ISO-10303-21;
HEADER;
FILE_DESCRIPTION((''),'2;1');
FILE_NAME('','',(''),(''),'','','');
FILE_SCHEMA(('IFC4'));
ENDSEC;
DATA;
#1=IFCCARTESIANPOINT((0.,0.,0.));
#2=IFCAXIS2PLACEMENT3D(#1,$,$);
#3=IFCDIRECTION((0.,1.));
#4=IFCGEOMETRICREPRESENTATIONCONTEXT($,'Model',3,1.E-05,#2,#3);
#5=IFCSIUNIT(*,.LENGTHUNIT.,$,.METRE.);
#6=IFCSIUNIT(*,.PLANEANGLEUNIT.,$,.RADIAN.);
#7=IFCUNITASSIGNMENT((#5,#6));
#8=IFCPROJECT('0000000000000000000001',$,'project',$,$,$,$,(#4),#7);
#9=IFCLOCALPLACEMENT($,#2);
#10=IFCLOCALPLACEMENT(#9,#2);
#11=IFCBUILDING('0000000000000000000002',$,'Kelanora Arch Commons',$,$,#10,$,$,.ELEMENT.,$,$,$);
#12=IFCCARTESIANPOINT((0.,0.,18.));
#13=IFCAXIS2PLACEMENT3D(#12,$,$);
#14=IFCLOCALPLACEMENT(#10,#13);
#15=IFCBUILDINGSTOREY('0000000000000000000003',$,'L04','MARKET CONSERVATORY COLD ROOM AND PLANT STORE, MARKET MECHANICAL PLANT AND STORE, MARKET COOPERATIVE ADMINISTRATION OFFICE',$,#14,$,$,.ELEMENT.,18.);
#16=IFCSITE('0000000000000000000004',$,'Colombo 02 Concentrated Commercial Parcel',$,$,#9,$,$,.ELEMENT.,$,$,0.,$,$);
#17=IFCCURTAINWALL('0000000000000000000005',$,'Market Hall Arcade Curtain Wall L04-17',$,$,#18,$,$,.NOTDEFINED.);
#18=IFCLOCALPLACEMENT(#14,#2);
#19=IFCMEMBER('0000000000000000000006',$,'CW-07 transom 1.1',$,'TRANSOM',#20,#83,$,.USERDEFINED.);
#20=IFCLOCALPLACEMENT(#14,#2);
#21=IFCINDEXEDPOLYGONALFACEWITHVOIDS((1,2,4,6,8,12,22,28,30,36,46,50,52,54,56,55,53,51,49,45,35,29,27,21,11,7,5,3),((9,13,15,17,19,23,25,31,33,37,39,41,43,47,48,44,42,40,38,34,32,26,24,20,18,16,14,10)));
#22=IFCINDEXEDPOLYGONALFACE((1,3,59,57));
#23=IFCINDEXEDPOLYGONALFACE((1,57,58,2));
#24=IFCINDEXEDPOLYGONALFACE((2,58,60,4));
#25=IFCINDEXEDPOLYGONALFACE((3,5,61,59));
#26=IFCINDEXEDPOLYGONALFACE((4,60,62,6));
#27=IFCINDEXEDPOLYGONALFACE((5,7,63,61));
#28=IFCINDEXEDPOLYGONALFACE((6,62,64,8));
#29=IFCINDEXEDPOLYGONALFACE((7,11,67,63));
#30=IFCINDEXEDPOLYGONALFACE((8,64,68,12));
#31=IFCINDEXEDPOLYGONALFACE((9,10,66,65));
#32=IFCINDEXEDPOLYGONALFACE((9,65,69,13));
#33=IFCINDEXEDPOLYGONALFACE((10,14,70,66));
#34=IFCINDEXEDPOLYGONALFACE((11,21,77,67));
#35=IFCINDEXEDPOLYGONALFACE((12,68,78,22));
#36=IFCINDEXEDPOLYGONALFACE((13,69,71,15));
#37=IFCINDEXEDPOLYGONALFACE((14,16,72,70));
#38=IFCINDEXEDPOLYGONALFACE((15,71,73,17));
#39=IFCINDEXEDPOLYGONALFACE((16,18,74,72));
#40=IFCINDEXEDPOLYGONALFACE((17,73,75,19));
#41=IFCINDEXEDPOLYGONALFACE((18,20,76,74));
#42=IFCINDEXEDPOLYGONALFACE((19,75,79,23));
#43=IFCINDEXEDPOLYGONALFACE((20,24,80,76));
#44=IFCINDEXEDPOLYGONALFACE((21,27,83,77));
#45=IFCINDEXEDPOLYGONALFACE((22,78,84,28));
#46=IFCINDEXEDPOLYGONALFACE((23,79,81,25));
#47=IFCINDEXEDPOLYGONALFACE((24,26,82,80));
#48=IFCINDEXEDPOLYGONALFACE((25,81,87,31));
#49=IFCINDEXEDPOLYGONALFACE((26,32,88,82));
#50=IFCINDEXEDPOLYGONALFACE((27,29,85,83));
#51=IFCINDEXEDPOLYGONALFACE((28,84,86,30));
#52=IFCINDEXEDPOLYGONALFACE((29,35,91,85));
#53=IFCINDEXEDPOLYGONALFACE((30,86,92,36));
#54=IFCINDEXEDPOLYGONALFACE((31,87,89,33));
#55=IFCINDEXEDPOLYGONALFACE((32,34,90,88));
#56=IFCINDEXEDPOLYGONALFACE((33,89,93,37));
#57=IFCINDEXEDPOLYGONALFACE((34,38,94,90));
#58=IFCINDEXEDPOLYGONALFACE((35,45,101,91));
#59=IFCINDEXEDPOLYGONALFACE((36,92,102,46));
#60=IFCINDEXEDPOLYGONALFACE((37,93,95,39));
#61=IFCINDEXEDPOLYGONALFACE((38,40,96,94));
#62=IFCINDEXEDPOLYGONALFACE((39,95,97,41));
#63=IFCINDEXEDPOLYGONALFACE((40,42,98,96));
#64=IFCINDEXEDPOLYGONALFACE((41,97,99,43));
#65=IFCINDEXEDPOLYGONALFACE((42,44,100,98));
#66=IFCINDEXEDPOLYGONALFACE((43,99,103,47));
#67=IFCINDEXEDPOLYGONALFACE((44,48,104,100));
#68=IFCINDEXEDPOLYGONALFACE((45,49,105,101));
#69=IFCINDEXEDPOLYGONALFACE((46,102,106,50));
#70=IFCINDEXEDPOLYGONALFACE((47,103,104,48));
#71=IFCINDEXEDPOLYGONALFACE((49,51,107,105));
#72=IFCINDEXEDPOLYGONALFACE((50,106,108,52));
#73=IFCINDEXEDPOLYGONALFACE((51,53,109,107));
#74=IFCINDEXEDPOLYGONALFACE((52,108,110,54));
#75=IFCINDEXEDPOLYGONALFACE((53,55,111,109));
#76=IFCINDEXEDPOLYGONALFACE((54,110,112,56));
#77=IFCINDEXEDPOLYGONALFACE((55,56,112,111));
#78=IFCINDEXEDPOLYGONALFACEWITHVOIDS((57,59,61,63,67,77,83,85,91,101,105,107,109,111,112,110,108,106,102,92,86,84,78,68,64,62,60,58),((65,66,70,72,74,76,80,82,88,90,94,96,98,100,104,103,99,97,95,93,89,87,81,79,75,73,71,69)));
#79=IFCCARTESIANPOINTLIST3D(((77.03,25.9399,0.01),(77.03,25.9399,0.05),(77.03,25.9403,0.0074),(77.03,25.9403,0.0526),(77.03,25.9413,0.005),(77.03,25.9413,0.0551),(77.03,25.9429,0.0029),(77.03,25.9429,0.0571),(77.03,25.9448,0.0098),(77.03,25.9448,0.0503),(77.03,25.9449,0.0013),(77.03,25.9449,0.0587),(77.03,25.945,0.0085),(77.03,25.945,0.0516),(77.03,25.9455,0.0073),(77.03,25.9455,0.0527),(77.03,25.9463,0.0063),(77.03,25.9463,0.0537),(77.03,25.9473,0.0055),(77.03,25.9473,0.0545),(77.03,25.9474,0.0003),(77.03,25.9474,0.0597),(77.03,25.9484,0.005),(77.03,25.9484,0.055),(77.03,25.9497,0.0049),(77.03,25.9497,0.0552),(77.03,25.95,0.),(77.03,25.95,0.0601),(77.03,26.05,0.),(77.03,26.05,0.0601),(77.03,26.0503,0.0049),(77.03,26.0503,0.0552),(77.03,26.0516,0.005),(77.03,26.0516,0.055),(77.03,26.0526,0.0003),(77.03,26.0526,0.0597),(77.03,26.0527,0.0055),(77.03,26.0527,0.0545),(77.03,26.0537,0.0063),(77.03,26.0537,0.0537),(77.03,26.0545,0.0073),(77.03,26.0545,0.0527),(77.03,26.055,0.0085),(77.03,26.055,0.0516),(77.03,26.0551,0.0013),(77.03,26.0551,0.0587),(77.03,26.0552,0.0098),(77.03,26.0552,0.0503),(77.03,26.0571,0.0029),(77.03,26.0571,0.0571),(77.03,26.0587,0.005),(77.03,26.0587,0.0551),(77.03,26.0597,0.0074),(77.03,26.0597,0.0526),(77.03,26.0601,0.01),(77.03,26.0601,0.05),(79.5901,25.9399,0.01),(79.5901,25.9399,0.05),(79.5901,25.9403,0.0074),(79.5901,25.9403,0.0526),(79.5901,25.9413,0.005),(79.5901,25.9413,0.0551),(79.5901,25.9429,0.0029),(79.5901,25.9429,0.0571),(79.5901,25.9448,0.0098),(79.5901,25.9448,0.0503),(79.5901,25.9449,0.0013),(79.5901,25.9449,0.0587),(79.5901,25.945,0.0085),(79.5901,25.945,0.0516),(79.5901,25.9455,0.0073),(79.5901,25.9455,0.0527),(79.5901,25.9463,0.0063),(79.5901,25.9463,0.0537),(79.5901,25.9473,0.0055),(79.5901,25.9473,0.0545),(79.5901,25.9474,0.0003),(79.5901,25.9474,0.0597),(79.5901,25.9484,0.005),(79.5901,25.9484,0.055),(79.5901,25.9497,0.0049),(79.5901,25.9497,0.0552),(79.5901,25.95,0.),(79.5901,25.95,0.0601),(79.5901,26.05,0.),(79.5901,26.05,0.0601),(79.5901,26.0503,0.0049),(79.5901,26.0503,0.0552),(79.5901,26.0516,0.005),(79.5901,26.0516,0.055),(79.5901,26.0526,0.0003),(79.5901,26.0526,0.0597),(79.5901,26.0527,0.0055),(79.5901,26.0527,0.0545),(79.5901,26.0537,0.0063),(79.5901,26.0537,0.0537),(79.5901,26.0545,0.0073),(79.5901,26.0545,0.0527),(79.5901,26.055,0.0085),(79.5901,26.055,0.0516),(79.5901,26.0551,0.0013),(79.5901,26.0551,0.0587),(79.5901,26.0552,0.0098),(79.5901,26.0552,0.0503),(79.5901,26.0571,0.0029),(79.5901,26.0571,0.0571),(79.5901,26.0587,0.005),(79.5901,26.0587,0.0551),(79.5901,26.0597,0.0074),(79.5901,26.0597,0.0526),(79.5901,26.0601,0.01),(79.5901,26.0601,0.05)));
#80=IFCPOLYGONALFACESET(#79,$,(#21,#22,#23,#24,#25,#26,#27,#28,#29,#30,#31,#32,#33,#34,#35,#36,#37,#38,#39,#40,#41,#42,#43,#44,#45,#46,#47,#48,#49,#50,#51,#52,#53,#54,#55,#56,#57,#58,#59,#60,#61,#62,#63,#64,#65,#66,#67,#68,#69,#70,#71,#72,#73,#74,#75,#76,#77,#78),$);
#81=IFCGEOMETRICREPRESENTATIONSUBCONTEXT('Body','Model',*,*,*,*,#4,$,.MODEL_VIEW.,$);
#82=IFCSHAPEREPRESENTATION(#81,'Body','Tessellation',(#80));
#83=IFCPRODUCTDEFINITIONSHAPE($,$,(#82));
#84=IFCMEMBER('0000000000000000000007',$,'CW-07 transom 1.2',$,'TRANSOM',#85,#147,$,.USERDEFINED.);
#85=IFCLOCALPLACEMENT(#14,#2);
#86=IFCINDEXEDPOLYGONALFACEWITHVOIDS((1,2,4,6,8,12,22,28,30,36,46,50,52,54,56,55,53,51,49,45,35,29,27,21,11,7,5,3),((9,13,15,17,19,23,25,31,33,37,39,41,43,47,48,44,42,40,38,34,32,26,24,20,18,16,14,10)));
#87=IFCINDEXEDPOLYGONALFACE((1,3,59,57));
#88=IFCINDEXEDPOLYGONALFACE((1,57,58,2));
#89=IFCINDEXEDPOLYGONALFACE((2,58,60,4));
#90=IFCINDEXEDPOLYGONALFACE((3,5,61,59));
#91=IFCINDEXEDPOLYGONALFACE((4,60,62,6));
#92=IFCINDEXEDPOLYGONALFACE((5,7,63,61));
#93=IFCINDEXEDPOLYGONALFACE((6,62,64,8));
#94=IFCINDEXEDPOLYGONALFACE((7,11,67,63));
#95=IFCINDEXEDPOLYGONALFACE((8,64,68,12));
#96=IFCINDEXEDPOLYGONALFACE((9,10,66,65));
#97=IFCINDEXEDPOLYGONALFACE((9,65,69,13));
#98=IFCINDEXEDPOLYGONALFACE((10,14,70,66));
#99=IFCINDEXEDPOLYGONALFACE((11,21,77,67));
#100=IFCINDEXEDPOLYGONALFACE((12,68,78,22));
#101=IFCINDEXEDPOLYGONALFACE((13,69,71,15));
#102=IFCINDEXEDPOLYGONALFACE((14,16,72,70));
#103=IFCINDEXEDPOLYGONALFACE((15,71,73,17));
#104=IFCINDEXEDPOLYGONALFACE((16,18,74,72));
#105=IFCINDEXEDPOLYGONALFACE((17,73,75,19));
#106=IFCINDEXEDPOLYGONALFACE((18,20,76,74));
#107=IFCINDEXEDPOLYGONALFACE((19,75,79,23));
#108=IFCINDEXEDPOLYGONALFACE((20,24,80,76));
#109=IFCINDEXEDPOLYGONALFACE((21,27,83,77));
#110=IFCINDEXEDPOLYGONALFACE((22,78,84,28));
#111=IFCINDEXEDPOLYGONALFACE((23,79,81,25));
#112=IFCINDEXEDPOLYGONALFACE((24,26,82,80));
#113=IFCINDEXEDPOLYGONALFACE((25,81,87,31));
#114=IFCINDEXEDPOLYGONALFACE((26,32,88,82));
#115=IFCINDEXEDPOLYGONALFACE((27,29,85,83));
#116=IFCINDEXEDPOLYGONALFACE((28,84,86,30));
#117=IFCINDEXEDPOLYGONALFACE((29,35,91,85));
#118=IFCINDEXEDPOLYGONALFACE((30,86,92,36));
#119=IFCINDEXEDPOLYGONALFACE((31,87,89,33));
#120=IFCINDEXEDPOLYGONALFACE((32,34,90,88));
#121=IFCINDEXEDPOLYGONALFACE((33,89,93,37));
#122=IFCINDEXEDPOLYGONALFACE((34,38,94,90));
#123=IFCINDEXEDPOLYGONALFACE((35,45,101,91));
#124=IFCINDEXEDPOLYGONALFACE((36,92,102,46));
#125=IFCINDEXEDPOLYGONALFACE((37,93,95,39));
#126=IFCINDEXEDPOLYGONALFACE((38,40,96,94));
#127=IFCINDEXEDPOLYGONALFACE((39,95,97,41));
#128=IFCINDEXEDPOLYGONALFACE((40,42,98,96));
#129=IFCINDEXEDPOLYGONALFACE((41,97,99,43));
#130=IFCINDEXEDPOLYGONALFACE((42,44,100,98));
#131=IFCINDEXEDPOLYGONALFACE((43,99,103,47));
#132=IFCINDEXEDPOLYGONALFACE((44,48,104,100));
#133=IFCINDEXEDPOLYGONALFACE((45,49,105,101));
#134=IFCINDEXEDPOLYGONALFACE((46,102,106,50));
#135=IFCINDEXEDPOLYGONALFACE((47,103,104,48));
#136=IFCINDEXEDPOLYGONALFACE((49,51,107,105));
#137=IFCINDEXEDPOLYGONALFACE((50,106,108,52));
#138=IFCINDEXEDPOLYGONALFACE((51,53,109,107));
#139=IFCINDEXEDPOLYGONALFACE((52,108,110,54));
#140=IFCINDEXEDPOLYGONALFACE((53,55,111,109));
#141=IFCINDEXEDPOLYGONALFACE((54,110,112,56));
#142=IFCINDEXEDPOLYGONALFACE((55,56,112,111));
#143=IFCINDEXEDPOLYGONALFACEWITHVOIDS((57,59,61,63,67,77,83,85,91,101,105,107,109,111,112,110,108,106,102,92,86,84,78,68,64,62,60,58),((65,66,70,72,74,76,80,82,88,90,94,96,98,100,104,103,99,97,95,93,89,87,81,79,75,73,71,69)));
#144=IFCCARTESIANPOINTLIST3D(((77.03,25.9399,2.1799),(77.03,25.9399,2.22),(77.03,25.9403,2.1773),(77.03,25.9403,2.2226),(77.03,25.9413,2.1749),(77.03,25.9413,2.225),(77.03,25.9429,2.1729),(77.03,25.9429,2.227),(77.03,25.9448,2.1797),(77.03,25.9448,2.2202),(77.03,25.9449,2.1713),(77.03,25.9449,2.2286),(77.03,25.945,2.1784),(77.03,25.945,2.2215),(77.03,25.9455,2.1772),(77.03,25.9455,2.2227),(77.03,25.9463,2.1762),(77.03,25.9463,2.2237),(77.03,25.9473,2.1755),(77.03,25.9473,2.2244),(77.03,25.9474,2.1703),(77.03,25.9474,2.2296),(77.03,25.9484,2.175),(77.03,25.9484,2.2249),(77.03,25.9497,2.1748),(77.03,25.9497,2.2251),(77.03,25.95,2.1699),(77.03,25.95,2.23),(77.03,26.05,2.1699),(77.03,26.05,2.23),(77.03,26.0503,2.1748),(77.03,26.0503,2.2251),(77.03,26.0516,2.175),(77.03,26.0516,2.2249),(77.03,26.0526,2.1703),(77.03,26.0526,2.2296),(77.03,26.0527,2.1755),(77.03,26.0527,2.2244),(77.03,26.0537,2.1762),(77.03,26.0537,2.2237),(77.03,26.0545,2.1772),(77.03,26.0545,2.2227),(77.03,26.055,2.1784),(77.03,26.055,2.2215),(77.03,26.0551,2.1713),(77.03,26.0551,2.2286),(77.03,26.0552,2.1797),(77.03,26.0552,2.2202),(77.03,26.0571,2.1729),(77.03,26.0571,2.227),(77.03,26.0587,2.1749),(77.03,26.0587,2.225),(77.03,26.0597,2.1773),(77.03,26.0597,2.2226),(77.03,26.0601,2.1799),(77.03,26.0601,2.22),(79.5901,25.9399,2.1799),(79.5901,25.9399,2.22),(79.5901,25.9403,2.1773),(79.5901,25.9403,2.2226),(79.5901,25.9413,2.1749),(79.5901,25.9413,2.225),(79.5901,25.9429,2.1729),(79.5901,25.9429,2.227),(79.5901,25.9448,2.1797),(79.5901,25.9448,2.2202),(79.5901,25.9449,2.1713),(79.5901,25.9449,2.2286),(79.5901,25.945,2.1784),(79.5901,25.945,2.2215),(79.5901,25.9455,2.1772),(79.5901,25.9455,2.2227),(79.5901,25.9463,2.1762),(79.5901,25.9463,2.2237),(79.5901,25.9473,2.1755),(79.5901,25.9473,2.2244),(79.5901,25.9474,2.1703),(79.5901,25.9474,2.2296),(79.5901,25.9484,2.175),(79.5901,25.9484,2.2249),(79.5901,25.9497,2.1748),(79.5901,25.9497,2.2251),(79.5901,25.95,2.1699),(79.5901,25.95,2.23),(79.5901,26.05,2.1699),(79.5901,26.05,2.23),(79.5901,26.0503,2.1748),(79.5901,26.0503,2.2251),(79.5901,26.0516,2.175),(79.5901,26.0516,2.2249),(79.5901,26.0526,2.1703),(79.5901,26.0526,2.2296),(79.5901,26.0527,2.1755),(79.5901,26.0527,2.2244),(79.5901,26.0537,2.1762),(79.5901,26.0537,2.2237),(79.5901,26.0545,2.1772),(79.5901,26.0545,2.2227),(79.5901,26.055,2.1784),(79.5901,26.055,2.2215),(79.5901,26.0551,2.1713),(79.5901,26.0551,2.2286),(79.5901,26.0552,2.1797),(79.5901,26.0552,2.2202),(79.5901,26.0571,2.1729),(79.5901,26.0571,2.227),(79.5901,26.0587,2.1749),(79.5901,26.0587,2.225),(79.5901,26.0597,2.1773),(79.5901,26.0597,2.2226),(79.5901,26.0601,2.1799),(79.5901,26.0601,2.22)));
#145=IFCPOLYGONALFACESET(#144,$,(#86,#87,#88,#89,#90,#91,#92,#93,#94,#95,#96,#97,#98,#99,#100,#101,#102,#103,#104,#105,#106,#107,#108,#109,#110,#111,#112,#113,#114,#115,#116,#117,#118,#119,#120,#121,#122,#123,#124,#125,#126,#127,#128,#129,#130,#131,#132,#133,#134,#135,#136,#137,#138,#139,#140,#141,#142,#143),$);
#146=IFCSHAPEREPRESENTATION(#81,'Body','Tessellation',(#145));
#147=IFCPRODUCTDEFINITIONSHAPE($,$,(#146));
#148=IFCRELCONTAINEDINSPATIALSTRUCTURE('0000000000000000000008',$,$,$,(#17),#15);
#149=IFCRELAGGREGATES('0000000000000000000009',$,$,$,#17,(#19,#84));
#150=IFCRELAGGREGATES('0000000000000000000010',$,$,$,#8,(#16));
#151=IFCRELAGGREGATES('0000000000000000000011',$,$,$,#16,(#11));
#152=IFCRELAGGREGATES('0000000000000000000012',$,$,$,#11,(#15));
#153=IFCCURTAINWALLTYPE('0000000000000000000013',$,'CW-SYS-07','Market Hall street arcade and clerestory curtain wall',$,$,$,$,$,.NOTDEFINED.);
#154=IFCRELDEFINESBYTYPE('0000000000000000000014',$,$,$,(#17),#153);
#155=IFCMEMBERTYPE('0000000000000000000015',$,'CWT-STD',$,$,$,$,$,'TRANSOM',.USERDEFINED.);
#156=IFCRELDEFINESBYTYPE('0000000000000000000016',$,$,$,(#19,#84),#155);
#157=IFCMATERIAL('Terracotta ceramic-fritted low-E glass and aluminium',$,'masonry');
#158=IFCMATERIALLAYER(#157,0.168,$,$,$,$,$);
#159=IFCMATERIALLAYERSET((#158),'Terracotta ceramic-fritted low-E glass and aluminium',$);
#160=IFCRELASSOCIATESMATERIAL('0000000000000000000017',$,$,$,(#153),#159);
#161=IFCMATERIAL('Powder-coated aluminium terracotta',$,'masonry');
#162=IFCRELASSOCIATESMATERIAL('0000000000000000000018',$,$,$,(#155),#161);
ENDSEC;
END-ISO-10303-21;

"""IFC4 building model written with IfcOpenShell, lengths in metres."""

from ifc_helpers import new_model, si_unit, direction, frame, origin, origin_2d, place, context, subcontext, project, spatial, hollow_rectangle, extrude, material, layer, layer_set, material_profile, profile_set, type_object, element, aggregate, save


model = new_model("IFC4")

# Units and contexts
model_context = context("Model", 3, precision=1e-05, world=origin(), true_north=direction((0.0, 1.0)))
body_context = subcontext(model_context, "Body", "Model", "MODEL_VIEW")
ifc_project = project(units=[si_unit("LENGTHUNIT", "METRE"), si_unit("PLANEANGLEUNIT", "RADIAN")], contexts=[model_context])

# Site, building, storey
site_placement = place(None, origin())
site = spatial("IfcSite", under=ifc_project, at=site_placement, Name="Colombo 02 Concentrated Commercial Parcel", CompositionType="ELEMENT", RefElevation=0.0)
building_placement = place(site_placement, origin())
building = spatial("IfcBuilding", under=site, at=building_placement, Name="Kelanora Arch Commons", CompositionType="ELEMENT")
storey_placement = place(building_placement, frame((0.0, 0.0, 18.0)))
storey = spatial("IfcBuildingStorey", under=building, at=storey_placement, Name="L04", Description="MARKET CONSERVATORY COLD ROOM AND PLANT STORE, MARKET MECHANICAL PLANT AND STORE, MARKET COOPERATIVE ADMINISTRATION OFFICE", CompositionType="ELEMENT", Elevation=18.0)

# Shared definitions
ifc_material_1 = material(Name="Terracotta ceramic-fritted low-E glass and aluminium", Category="masonry")
ifc_material_2 = material(Name="Powder-coated aluminium terracotta", Category="masonry")

# Curtain wall
ifc_layer_1 = layer(ifc_material_1, 0.168)
ifc_layer_set_1 = layer_set([ifc_layer_1], Name="Terracotta ceramic-fritted low-E glass and aluminium")
curtain_wall_type_1 = type_object("IfcCurtainWallType", Name="CW-SYS-07", Description="Market Hall street arcade and clerestory curtain wall", PredefinedType="NOTDEFINED", material=ifc_layer_set_1)
curtain_wall_1_placement = place(storey_placement, origin())
curtain_wall_1 = element("IfcCurtainWall", 1, at=curtain_wall_1_placement, inside=storey, type_object=curtain_wall_type_1, Name="Market Hall Arcade Curtain Wall L04-17", PredefinedType="NOTDEFINED")

# Members
ifc_material_profile_1 = material_profile(ifc_material_2, hollow_rectangle(XDim=0.1201, YDim=0.0601, WallThickness=0.0049, InnerFilletRadius=0.0049, OuterFilletRadius=0.01, at=origin_2d()), Name="CWT120x60")
ifc_profile_set_1 = profile_set([ifc_material_profile_1], Name="Powder-coated aluminium terracotta")
member_type_1 = type_object("IfcMemberType", Name="CWT-STD", ElementType="TRANSOM", PredefinedType="USERDEFINED", material=ifc_profile_set_1)
member_1_placement = place(storey_placement, frame((79.5901, 26.0, 0.03), z_axis=(-1.0, 0.0, 0.0), x_axis=(0.0, -1.0, 0.0)))
member_1 = element("IfcMember", 2, at=member_1_placement, type_object=member_type_1, Name="CW-07 transom 1.1", ObjectType="TRANSOM", PredefinedType="USERDEFINED", context=body_context, shape_type="SweptSolid", body=[
    extrude(hollow_rectangle(XDim=0.1201, YDim=0.0601, WallThickness=0.0049, InnerFilletRadius=0.0049, OuterFilletRadius=0.01, at=origin_2d()), origin(), (0.0, 0.0, 1.0), 2.5601),
])
member_2_placement = place(storey_placement, frame((79.5901, 26.0, 2.2), z_axis=(-1.0, 0.0, 0.0), x_axis=(0.0, -1.0, 0.0)))
member_2 = element("IfcMember", 3, at=member_2_placement, type_object=member_type_1, Name="CW-07 transom 1.2", ObjectType="TRANSOM", PredefinedType="USERDEFINED", context=body_context, shape_type="SweptSolid", body=[
    extrude(hollow_rectangle(XDim=0.1201, YDim=0.0601, WallThickness=0.0049, InnerFilletRadius=0.0049, OuterFilletRadius=0.01, at=origin_2d()), origin(), (0.0, 0.0, 1.0), 2.5601),
])

aggregate(curtain_wall_1, [member_1, member_2])

save(model, "model.ifc")
